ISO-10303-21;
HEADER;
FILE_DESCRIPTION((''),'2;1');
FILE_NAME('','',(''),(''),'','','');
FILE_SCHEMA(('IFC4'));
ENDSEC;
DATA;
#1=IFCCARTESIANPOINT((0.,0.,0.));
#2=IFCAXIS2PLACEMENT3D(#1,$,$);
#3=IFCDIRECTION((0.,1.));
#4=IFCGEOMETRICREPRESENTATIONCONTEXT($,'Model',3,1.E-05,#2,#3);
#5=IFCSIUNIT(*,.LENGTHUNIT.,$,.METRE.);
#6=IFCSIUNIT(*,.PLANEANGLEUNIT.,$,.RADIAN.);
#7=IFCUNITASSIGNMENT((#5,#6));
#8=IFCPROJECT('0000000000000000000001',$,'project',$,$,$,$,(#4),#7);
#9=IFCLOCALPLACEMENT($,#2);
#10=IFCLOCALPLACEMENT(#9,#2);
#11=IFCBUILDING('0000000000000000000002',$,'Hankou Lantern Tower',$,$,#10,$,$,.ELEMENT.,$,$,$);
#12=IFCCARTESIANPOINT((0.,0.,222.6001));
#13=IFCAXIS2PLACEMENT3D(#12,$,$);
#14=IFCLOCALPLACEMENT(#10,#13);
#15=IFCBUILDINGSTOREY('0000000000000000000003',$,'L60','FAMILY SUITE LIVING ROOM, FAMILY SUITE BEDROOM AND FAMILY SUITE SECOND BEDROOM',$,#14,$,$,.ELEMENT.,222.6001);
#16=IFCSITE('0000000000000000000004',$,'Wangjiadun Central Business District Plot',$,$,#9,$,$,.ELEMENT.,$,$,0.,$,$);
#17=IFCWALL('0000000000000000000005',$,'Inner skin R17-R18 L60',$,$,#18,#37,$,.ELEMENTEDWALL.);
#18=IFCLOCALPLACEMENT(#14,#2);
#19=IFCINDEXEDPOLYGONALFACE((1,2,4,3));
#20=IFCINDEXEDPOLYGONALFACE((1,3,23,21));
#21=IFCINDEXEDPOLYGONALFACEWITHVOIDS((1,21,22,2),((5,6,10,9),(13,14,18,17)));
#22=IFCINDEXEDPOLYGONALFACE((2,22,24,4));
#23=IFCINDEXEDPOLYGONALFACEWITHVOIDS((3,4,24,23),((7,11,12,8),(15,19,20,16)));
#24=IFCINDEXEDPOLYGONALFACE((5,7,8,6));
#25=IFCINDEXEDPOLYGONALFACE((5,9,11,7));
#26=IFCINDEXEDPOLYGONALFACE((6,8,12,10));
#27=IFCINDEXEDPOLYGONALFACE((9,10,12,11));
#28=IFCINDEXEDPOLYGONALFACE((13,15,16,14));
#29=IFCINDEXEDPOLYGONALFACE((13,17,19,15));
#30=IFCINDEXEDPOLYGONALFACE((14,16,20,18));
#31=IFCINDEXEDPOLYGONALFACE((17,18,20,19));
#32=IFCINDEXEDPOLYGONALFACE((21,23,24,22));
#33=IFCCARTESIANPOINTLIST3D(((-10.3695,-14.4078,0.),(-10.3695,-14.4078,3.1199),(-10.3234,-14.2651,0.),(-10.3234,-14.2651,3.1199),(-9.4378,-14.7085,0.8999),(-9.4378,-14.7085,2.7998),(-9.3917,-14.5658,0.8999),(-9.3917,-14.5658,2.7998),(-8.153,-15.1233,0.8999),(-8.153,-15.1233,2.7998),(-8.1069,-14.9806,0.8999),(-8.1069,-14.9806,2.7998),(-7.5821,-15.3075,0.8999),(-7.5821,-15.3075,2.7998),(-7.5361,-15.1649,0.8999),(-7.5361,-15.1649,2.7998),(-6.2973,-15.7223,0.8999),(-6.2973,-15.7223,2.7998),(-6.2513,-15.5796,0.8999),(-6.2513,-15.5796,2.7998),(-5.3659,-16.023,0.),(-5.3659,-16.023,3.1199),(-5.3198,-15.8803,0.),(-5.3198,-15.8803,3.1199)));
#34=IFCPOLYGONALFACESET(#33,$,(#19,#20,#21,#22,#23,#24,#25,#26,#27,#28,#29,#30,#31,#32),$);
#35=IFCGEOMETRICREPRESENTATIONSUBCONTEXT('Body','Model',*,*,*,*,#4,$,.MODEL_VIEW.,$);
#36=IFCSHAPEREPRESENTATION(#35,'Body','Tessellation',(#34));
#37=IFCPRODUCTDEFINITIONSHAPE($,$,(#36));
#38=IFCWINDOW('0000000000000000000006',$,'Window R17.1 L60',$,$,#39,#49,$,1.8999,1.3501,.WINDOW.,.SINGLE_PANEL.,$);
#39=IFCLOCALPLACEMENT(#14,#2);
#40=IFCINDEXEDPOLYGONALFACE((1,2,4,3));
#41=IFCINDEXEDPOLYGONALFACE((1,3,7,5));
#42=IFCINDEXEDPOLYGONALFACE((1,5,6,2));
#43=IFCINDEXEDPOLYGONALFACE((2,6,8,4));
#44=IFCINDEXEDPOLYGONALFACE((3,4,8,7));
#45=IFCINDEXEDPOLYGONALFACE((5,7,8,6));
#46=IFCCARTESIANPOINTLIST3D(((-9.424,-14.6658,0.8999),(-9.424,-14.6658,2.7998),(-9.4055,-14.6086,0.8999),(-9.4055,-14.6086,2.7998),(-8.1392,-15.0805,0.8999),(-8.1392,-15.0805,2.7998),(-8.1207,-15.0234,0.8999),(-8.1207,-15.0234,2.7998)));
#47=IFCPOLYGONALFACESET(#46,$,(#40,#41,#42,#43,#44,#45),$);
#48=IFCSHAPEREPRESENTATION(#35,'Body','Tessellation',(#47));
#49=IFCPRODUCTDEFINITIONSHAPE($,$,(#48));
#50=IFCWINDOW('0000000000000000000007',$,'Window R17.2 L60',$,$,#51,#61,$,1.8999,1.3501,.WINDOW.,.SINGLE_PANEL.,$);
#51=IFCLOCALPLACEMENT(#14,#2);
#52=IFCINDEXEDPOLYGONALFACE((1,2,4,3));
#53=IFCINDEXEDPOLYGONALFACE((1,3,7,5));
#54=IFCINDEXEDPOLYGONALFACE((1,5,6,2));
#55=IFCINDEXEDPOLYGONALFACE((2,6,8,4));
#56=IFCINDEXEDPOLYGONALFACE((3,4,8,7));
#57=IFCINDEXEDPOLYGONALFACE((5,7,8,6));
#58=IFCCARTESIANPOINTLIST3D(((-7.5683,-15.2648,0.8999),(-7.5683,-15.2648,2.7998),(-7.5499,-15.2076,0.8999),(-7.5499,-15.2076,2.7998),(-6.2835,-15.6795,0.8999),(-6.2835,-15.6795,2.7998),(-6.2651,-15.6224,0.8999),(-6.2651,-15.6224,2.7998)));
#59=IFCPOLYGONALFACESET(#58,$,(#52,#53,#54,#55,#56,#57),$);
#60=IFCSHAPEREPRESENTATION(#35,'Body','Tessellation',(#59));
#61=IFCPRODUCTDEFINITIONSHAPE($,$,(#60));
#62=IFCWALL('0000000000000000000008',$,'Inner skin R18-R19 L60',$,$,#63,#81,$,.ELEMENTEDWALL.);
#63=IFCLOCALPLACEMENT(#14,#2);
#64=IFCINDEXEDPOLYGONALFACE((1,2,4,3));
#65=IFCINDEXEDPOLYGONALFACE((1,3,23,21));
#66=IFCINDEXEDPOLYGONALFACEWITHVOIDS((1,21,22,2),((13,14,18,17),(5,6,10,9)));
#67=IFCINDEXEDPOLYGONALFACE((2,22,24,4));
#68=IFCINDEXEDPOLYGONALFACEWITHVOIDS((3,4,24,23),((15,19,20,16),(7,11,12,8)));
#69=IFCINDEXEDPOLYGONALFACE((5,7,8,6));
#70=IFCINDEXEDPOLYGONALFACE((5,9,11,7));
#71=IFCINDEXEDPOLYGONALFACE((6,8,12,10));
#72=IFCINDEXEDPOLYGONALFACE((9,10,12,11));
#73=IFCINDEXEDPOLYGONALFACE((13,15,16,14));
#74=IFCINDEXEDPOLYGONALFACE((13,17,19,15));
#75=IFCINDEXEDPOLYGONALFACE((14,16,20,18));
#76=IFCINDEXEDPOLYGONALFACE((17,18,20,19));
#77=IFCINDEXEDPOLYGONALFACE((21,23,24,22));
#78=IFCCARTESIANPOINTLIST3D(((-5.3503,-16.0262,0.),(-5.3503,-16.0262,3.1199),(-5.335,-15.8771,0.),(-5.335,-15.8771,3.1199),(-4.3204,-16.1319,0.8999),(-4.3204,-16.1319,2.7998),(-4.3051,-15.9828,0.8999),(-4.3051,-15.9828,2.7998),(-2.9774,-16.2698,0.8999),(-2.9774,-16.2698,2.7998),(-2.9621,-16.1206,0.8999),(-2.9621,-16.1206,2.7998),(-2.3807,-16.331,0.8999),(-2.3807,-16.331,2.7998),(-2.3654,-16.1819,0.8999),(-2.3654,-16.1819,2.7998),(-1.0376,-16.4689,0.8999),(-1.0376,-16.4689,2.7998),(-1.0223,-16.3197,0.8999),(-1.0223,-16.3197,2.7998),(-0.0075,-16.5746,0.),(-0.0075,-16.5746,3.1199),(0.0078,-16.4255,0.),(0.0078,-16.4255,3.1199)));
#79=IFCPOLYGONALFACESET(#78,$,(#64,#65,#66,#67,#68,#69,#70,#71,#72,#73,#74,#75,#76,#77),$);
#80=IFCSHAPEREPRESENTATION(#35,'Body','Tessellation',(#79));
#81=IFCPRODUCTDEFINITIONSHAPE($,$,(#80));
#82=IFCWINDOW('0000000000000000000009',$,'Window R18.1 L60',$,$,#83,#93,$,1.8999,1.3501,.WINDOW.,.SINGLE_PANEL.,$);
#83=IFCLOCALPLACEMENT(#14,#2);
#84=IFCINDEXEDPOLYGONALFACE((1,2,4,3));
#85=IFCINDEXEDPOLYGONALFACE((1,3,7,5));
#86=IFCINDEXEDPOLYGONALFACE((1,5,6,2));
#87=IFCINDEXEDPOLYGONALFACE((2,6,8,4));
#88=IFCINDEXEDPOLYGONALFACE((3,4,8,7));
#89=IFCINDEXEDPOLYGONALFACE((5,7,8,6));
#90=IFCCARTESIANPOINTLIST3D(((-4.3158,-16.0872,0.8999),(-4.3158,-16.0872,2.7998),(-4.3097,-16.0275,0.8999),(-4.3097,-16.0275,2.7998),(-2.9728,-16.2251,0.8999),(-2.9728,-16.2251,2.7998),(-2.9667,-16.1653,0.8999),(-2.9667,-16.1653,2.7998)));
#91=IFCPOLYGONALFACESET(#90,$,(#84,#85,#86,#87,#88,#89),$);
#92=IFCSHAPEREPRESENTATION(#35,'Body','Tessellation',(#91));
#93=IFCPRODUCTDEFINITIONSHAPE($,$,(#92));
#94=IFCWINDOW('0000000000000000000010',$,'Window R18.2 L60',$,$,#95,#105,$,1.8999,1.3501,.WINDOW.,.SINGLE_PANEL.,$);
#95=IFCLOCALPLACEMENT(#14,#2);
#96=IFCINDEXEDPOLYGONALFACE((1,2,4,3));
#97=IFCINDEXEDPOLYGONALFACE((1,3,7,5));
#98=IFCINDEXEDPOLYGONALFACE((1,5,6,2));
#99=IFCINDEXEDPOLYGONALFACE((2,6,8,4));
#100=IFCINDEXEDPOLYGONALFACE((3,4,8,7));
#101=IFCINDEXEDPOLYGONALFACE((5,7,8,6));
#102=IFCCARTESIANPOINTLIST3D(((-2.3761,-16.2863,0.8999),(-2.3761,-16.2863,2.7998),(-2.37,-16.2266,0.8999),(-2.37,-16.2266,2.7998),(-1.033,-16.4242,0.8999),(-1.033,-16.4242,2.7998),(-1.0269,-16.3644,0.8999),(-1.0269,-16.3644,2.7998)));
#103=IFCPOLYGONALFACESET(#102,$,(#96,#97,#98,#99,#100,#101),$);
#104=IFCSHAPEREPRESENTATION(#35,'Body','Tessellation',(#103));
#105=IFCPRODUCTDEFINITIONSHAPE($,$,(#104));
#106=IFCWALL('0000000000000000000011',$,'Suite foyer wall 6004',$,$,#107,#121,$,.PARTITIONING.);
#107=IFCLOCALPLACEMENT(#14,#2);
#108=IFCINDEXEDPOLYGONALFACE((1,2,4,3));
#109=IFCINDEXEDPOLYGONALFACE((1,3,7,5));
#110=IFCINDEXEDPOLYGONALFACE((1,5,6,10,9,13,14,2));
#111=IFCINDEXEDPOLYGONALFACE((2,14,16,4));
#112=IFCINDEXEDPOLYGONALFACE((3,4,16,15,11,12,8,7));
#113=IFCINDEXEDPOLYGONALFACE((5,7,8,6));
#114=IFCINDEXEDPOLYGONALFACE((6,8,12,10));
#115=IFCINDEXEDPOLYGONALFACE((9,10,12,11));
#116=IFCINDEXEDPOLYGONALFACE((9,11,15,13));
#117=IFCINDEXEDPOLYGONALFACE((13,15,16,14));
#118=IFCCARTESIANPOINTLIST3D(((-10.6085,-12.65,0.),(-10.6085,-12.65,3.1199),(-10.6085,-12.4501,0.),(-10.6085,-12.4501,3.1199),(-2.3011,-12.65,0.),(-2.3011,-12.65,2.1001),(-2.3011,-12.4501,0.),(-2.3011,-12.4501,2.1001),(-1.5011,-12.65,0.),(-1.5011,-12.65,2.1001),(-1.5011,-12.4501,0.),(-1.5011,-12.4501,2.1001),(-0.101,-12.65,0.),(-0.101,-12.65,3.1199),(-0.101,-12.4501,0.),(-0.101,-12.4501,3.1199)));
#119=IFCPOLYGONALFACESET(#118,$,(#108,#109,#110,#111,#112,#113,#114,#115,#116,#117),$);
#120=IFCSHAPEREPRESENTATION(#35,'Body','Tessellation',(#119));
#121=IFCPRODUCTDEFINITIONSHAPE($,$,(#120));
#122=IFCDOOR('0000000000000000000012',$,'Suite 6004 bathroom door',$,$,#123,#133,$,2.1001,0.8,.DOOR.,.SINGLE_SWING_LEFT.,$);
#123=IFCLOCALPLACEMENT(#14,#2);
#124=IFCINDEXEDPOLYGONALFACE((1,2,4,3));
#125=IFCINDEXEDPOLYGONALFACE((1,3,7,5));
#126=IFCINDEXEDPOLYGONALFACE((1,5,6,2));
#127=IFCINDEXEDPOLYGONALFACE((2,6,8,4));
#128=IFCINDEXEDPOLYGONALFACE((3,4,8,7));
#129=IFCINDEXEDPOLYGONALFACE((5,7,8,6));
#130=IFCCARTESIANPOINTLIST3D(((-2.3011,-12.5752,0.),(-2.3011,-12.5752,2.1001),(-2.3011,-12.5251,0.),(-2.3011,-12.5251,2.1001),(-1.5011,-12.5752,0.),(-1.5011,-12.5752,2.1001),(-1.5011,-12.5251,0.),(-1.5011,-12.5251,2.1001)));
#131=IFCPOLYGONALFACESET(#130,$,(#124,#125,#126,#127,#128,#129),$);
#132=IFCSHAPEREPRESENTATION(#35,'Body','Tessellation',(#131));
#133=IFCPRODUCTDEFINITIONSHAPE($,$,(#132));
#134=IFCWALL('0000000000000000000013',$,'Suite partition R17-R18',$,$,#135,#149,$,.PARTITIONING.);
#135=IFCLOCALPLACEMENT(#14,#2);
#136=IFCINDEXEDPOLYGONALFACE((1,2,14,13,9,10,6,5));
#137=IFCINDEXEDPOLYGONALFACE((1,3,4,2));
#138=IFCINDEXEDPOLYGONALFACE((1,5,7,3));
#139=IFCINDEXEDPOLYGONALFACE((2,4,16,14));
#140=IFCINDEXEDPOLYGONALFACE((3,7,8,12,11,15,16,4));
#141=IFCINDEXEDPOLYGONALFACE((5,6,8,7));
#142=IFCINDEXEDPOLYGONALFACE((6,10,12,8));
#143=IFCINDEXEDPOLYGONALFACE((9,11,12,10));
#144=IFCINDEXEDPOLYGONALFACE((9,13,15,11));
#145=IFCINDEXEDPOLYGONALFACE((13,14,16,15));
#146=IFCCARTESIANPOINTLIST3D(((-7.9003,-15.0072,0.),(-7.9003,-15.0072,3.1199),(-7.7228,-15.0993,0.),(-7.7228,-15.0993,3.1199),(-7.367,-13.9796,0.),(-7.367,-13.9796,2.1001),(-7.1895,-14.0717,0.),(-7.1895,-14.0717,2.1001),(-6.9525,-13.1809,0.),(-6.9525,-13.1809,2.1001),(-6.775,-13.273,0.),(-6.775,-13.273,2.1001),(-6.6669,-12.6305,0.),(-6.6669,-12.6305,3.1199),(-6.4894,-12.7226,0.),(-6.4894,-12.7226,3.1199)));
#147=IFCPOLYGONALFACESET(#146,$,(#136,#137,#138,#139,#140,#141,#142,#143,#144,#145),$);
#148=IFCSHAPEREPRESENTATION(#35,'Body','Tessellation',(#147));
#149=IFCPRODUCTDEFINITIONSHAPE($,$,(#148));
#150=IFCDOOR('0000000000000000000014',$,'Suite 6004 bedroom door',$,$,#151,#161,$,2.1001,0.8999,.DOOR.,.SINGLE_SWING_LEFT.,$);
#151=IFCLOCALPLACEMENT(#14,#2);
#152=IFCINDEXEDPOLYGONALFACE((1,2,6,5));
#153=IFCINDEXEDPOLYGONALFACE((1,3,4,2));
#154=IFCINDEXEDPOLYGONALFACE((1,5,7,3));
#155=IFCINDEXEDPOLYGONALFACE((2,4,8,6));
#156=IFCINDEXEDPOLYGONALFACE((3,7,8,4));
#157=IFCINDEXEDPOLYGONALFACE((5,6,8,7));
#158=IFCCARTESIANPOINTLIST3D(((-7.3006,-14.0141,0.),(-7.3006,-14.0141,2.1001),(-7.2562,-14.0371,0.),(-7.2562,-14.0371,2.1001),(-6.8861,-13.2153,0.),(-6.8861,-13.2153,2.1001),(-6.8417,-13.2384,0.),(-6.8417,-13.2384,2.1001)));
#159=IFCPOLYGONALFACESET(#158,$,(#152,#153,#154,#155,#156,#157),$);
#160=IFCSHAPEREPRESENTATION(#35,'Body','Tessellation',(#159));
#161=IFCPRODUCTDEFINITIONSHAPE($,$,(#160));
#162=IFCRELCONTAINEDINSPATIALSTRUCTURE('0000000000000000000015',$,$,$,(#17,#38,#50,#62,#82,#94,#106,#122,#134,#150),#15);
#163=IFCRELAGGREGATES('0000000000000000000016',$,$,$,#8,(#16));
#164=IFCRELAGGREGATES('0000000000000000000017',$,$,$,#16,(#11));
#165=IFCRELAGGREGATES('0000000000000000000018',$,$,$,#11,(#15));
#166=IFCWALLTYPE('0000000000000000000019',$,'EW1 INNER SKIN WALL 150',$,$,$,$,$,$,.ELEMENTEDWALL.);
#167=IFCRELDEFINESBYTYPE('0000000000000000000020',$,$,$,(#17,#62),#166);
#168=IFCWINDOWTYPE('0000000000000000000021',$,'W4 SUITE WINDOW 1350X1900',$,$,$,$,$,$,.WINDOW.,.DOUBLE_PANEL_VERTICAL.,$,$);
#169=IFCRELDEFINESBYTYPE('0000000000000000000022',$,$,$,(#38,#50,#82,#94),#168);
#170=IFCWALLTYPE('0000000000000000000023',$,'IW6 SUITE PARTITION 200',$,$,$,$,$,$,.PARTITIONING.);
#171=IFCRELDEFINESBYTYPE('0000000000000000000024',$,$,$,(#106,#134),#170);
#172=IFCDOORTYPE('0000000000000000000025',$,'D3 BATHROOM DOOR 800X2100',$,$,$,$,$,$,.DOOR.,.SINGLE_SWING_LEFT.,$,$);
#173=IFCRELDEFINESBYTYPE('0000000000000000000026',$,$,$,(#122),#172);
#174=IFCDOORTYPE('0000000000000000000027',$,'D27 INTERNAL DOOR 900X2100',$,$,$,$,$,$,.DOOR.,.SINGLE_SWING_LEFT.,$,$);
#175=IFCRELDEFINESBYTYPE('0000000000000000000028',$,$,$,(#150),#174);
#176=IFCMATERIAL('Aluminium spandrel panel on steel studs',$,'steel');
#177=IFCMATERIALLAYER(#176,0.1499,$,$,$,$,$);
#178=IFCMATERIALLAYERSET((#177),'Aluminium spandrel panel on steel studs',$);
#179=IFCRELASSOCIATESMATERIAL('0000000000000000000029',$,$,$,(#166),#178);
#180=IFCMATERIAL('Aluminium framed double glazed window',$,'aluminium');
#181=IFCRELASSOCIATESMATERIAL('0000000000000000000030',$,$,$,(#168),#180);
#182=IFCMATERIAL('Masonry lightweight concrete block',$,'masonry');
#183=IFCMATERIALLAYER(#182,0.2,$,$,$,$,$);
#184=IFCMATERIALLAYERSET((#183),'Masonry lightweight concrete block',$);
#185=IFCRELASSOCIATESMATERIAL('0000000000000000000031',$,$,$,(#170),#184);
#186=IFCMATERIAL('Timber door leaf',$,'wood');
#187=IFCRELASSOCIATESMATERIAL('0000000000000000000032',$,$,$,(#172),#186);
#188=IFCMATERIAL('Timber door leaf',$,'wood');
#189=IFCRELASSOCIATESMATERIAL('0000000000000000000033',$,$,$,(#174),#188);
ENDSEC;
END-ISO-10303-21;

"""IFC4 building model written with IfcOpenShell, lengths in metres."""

from ifc_helpers import new_model, si_unit, direction, frame, frame_2d, origin, place, context, subcontext, project, spatial, rectangle, extrude, material, layer, layer_set, type_object, element, fill, save


model = new_model("IFC4")

# Units and contexts
model_context = context("Model", 3, precision=1e-05, world=origin(), true_north=direction((0.0, 1.0)))
body_context = subcontext(model_context, "Body", "Model", "MODEL_VIEW")
ifc_project = project(units=[si_unit("LENGTHUNIT", "METRE"), si_unit("PLANEANGLEUNIT", "RADIAN")], contexts=[model_context])

# Site, building, storey
site_placement = place(None, origin())
site = spatial("IfcSite", under=ifc_project, at=site_placement, Name="Wangjiadun Central Business District Plot", CompositionType="ELEMENT", RefElevation=0.0)
building_placement = place(site_placement, origin())
building = spatial("IfcBuilding", under=site, at=building_placement, Name="Hankou Lantern Tower", CompositionType="ELEMENT")
storey_placement = place(building_placement, frame((0.0, 0.0, 222.6001)))
storey = spatial("IfcBuildingStorey", under=building, at=storey_placement, Name="L60", Description="FAMILY SUITE LIVING ROOM, FAMILY SUITE BEDROOM AND FAMILY SUITE SECOND BEDROOM", CompositionType="ELEMENT", Elevation=222.6001)

# Walls, openings, windows
ifc_material_1 = material(Name="Aluminium spandrel panel on steel studs", Category="steel")
ifc_layer_1 = layer(ifc_material_1, 0.1499)
ifc_layer_set_1 = layer_set([ifc_layer_1], Name="Aluminium spandrel panel on steel studs")
wall_type_1 = type_object("IfcWallType", Name="EW1 INNER SKIN WALL 150", PredefinedType="ELEMENTEDWALL", material=ifc_layer_set_1)
wall_1_placement = place(storey_placement, frame((-10.3464, -14.3364, 0.0), z_axis=(0.0, 0.0, 1.0), x_axis=(0.951645, -0.307201, 0.0)))
wall_1 = element("IfcWall", 1, at=wall_1_placement, inside=storey, type_object=wall_type_1, Name="Inner skin R17-R18 L60", PredefinedType="ELEMENTEDWALL", context=body_context, shape_type="SweptSolid", body=[
    extrude(rectangle(XDim=5.2578, YDim=0.1499, at=frame_2d((2.6289, 0.0))), origin(), (0.0, 0.0, 1.0), 3.1199),
])
opening_1_placement = place(wall_1_placement, frame((0.979, 0.0, 0.8999)))
opening_1 = element("IfcOpeningElement", 2, at=opening_1_placement, cuts=wall_1, PredefinedType="OPENING", context=body_context, shape_type="SweptSolid", body=[
    extrude(rectangle(XDim=1.3501, YDim=1.8999, at=frame_2d((0.675, 0.95))), frame((0.0, 0.085, 0.0), z_axis=(0.0, -1.0, 0.0), x_axis=(1.0, 0.0, 0.0)), (0.0, 0.0, 1.0), 0.1699),
])
opening_2_placement = place(wall_1_placement, frame((2.929, 0.0, 0.8999)))
opening_2 = element("IfcOpeningElement", 3, at=opening_2_placement, cuts=wall_1, PredefinedType="OPENING", context=body_context, shape_type="SweptSolid", body=[
    extrude(rectangle(XDim=1.3501, YDim=1.8999, at=frame_2d((0.675, 0.95))), frame((0.0, 0.085, 0.0), z_axis=(0.0, -1.0, 0.0), x_axis=(1.0, 0.0, 0.0)), (0.0, 0.0, 1.0), 0.1699),
])
ifc_material_2 = material(Name="Aluminium framed double glazed window", Category="aluminium")
window_type = type_object("IfcWindowType", Name="W4 SUITE WINDOW 1350X1900", PartitioningType="DOUBLE_PANEL_VERTICAL", PredefinedType="WINDOW", material=ifc_material_2)
window_1_placement = place(opening_1_placement, origin())
window_1 = element("IfcWindow", 4, at=window_1_placement, inside=storey, type_object=window_type, Name="Window R17.1 L60", OverallHeight=1.8999, OverallWidth=1.3501, PartitioningType="SINGLE_PANEL", PredefinedType="WINDOW", context=body_context, shape_type="SweptSolid", body=[
    extrude(rectangle(XDim=1.3501, YDim=1.8999, at=frame_2d((0.675, 0.95))), frame((0.0, 0.03, 0.0), z_axis=(0.0, -1.0, 0.0), x_axis=(1.0, 0.0, 0.0)), (0.0, 0.0, 1.0), 0.0601),
])
fill(opening_1, window_1)
window_2_placement = place(opening_2_placement, origin())
window_2 = element("IfcWindow", 5, at=window_2_placement, inside=storey, type_object=window_type, Name="Window R17.2 L60", OverallHeight=1.8999, OverallWidth=1.3501, PartitioningType="SINGLE_PANEL", PredefinedType="WINDOW", context=body_context, shape_type="SweptSolid", body=[
    extrude(rectangle(XDim=1.3501, YDim=1.8999, at=frame_2d((0.675, 0.95))), frame((0.0, 0.03, 0.0), z_axis=(0.0, -1.0, 0.0), x_axis=(1.0, 0.0, 0.0)), (0.0, 0.0, 1.0), 0.0601),
])
fill(opening_2, window_2)
wall_2_placement = place(storey_placement, frame((-5.3428, -15.9517, 0.0), z_axis=(0.0, 0.0, 1.0), x_axis=(0.994775, -0.102096, 0.0)))
wall_2 = element("IfcWall", 6, at=wall_2_placement, inside=storey, type_object=wall_type_1, Name="Inner skin R18-R19 L60", PredefinedType="ELEMENTEDWALL", context=body_context, shape_type="SweptSolid", body=[
    extrude(rectangle(XDim=5.3708, YDim=0.1499, at=frame_2d((2.6855, 0.0))), origin(), (0.0, 0.0, 1.0), 3.1199),
])
opening_3_placement = place(wall_2_placement, frame((1.0354, 0.0, 0.8999)))
opening_3 = element("IfcOpeningElement", 7, at=opening_3_placement, cuts=wall_2, PredefinedType="OPENING", context=body_context, shape_type="SweptSolid", body=[
    extrude(rectangle(XDim=1.3501, YDim=1.8999, at=frame_2d((0.675, 0.95))), frame((0.0, 0.085, 0.0), z_axis=(0.0, -1.0, 0.0), x_axis=(1.0, 0.0, 0.0)), (0.0, 0.0, 1.0), 0.1699),
])
opening_4_placement = place(wall_2_placement, frame((2.9854, 0.0, 0.8999)))
opening_4 = element("IfcOpeningElement", 8, at=opening_4_placement, cuts=wall_2, PredefinedType="OPENING", context=body_context, shape_type="SweptSolid", body=[
    extrude(rectangle(XDim=1.3501, YDim=1.8999, at=frame_2d((0.675, 0.95))), frame((0.0, 0.085, 0.0), z_axis=(0.0, -1.0, 0.0), x_axis=(1.0, 0.0, 0.0)), (0.0, 0.0, 1.0), 0.1699),
])
window_3_placement = place(opening_3_placement, origin())
window_3 = element("IfcWindow", 9, at=window_3_placement, inside=storey, type_object=window_type, Name="Window R18.1 L60", OverallHeight=1.8999, OverallWidth=1.3501, PartitioningType="SINGLE_PANEL", PredefinedType="WINDOW", context=body_context, shape_type="SweptSolid", body=[
    extrude(rectangle(XDim=1.3501, YDim=1.8999, at=frame_2d((0.675, 0.95))), frame((0.0, 0.03, 0.0), z_axis=(0.0, -1.0, 0.0), x_axis=(1.0, 0.0, 0.0)), (0.0, 0.0, 1.0), 0.0601),
])
fill(opening_3, window_3)
window_4_placement = place(opening_4_placement, origin())
window_4 = element("IfcWindow", 10, at=window_4_placement, inside=storey, type_object=window_type, Name="Window R18.2 L60", OverallHeight=1.8999, OverallWidth=1.3501, PartitioningType="SINGLE_PANEL", PredefinedType="WINDOW", context=body_context, shape_type="SweptSolid", body=[
    extrude(rectangle(XDim=1.3501, YDim=1.8999, at=frame_2d((0.675, 0.95))), frame((0.0, 0.03, 0.0), z_axis=(0.0, -1.0, 0.0), x_axis=(1.0, 0.0, 0.0)), (0.0, 0.0, 1.0), 0.0601),
])
fill(opening_4, window_4)

# Walls, openings, doors
ifc_material_3 = material(Name="Masonry lightweight concrete block", Category="masonry")
ifc_layer_2 = layer(ifc_material_3, 0.2)
ifc_layer_set_2 = layer_set([ifc_layer_2], Name="Masonry lightweight concrete block")
wall_type_2 = type_object("IfcWallType", Name="IW6 SUITE PARTITION 200", PredefinedType="PARTITIONING", material=ifc_layer_set_2)
wall_3_placement = place(storey_placement, frame((-10.6086, -12.55, 0.0), z_axis=(0.0, 0.0, 1.0), x_axis=(1.0, 0.0, 0.0)))
wall_3 = element("IfcWall", 11, at=wall_3_placement, inside=storey, type_object=wall_type_2, Name="Suite foyer wall 6004", PredefinedType="PARTITIONING", context=body_context, shape_type="SweptSolid", body=[
    extrude(rectangle(XDim=10.5076, YDim=0.2, at=frame_2d((5.2539, 0.0))), origin(), (0.0, 0.0, 1.0), 3.1199),
])
opening_5_placement = place(wall_3_placement, frame((8.3076, 0.0, 0.0)))
opening_5 = element("IfcOpeningElement", 12, at=opening_5_placement, cuts=wall_3, PredefinedType="OPENING", context=body_context, shape_type="SweptSolid", body=[
    extrude(rectangle(XDim=0.8, YDim=2.1001, at=frame_2d((0.3999, 1.05))), frame((0.0, 0.1099, 0.0), z_axis=(0.0, -1.0, 0.0), x_axis=(1.0, 0.0, 0.0)), (0.0, 0.0, 1.0), 0.22),
])
ifc_material_4 = material(Name="Timber door leaf", Category="wood")
door_type_1 = type_object("IfcDoorType", Name="D3 BATHROOM DOOR 800X2100", OperationType="SINGLE_SWING_LEFT", PredefinedType="DOOR", material=ifc_material_4)
door_1_placement = place(opening_5_placement, origin())
door_1 = element("IfcDoor", 13, at=door_1_placement, inside=storey, type_object=door_type_1, Name="Suite 6004 bathroom door", OperationType="SINGLE_SWING_LEFT", OverallHeight=2.1001, OverallWidth=0.8, PredefinedType="DOOR", context=body_context, shape_type="SweptSolid", body=[
    extrude(rectangle(XDim=0.8, YDim=2.1001, at=frame_2d((0.3999, 1.05))), frame((0.0, 0.0249, 0.0), z_axis=(0.0, -1.0, 0.0), x_axis=(1.0, 0.0, 0.0)), (0.0, 0.0, 1.0), 0.05),
])
fill(opening_5, door_1)
wall_4_placement = place(storey_placement, frame((-6.5781, -12.6765, 0.0), z_axis=(0.0, 0.0, 1.0), x_axis=(-0.460621, -0.887597, 0.0)))
wall_4 = element("IfcWall", 14, at=wall_4_placement, inside=storey, type_object=wall_type_2, Name="Suite partition R17-R18", PredefinedType="PARTITIONING", context=body_context, shape_type="SweptSolid", body=[
    extrude(rectangle(XDim=2.6777, YDim=0.2, at=frame_2d((1.3389, 0.0))), origin(), (0.0, 0.0, 1.0), 3.1199),
])
opening_6_placement = place(wall_4_placement, frame((0.6201, 0.0, 0.0)))
opening_6 = element("IfcOpeningElement", 15, at=opening_6_placement, cuts=wall_4, PredefinedType="OPENING", context=body_context, shape_type="SweptSolid", body=[
    extrude(rectangle(XDim=0.8999, YDim=2.1001, at=frame_2d((0.45, 1.05))), frame((0.0, 0.1099, 0.0), z_axis=(0.0, -1.0, 0.0), x_axis=(1.0, 0.0, 0.0)), (0.0, 0.0, 1.0), 0.22),
])
ifc_material_5 = material(Name="Timber door leaf", Category="wood")
door_type_2 = type_object("IfcDoorType", Name="D27 INTERNAL DOOR 900X2100", OperationType="SINGLE_SWING_LEFT", PredefinedType="DOOR", material=ifc_material_5)
door_2_placement = place(opening_6_placement, origin())
door_2 = element("IfcDoor", 16, at=door_2_placement, inside=storey, type_object=door_type_2, Name="Suite 6004 bedroom door", OperationType="SINGLE_SWING_LEFT", OverallHeight=2.1001, OverallWidth=0.8999, PredefinedType="DOOR", context=body_context, shape_type="SweptSolid", body=[
    extrude(rectangle(XDim=0.8999, YDim=2.1001, at=frame_2d((0.45, 1.05))), frame((0.0, 0.0249, 0.0), z_axis=(0.0, -1.0, 0.0), x_axis=(1.0, 0.0, 0.0)), (0.0, 0.0, 1.0), 0.05),
])
fill(opening_6, door_2)

save(model, "model.ifc")
